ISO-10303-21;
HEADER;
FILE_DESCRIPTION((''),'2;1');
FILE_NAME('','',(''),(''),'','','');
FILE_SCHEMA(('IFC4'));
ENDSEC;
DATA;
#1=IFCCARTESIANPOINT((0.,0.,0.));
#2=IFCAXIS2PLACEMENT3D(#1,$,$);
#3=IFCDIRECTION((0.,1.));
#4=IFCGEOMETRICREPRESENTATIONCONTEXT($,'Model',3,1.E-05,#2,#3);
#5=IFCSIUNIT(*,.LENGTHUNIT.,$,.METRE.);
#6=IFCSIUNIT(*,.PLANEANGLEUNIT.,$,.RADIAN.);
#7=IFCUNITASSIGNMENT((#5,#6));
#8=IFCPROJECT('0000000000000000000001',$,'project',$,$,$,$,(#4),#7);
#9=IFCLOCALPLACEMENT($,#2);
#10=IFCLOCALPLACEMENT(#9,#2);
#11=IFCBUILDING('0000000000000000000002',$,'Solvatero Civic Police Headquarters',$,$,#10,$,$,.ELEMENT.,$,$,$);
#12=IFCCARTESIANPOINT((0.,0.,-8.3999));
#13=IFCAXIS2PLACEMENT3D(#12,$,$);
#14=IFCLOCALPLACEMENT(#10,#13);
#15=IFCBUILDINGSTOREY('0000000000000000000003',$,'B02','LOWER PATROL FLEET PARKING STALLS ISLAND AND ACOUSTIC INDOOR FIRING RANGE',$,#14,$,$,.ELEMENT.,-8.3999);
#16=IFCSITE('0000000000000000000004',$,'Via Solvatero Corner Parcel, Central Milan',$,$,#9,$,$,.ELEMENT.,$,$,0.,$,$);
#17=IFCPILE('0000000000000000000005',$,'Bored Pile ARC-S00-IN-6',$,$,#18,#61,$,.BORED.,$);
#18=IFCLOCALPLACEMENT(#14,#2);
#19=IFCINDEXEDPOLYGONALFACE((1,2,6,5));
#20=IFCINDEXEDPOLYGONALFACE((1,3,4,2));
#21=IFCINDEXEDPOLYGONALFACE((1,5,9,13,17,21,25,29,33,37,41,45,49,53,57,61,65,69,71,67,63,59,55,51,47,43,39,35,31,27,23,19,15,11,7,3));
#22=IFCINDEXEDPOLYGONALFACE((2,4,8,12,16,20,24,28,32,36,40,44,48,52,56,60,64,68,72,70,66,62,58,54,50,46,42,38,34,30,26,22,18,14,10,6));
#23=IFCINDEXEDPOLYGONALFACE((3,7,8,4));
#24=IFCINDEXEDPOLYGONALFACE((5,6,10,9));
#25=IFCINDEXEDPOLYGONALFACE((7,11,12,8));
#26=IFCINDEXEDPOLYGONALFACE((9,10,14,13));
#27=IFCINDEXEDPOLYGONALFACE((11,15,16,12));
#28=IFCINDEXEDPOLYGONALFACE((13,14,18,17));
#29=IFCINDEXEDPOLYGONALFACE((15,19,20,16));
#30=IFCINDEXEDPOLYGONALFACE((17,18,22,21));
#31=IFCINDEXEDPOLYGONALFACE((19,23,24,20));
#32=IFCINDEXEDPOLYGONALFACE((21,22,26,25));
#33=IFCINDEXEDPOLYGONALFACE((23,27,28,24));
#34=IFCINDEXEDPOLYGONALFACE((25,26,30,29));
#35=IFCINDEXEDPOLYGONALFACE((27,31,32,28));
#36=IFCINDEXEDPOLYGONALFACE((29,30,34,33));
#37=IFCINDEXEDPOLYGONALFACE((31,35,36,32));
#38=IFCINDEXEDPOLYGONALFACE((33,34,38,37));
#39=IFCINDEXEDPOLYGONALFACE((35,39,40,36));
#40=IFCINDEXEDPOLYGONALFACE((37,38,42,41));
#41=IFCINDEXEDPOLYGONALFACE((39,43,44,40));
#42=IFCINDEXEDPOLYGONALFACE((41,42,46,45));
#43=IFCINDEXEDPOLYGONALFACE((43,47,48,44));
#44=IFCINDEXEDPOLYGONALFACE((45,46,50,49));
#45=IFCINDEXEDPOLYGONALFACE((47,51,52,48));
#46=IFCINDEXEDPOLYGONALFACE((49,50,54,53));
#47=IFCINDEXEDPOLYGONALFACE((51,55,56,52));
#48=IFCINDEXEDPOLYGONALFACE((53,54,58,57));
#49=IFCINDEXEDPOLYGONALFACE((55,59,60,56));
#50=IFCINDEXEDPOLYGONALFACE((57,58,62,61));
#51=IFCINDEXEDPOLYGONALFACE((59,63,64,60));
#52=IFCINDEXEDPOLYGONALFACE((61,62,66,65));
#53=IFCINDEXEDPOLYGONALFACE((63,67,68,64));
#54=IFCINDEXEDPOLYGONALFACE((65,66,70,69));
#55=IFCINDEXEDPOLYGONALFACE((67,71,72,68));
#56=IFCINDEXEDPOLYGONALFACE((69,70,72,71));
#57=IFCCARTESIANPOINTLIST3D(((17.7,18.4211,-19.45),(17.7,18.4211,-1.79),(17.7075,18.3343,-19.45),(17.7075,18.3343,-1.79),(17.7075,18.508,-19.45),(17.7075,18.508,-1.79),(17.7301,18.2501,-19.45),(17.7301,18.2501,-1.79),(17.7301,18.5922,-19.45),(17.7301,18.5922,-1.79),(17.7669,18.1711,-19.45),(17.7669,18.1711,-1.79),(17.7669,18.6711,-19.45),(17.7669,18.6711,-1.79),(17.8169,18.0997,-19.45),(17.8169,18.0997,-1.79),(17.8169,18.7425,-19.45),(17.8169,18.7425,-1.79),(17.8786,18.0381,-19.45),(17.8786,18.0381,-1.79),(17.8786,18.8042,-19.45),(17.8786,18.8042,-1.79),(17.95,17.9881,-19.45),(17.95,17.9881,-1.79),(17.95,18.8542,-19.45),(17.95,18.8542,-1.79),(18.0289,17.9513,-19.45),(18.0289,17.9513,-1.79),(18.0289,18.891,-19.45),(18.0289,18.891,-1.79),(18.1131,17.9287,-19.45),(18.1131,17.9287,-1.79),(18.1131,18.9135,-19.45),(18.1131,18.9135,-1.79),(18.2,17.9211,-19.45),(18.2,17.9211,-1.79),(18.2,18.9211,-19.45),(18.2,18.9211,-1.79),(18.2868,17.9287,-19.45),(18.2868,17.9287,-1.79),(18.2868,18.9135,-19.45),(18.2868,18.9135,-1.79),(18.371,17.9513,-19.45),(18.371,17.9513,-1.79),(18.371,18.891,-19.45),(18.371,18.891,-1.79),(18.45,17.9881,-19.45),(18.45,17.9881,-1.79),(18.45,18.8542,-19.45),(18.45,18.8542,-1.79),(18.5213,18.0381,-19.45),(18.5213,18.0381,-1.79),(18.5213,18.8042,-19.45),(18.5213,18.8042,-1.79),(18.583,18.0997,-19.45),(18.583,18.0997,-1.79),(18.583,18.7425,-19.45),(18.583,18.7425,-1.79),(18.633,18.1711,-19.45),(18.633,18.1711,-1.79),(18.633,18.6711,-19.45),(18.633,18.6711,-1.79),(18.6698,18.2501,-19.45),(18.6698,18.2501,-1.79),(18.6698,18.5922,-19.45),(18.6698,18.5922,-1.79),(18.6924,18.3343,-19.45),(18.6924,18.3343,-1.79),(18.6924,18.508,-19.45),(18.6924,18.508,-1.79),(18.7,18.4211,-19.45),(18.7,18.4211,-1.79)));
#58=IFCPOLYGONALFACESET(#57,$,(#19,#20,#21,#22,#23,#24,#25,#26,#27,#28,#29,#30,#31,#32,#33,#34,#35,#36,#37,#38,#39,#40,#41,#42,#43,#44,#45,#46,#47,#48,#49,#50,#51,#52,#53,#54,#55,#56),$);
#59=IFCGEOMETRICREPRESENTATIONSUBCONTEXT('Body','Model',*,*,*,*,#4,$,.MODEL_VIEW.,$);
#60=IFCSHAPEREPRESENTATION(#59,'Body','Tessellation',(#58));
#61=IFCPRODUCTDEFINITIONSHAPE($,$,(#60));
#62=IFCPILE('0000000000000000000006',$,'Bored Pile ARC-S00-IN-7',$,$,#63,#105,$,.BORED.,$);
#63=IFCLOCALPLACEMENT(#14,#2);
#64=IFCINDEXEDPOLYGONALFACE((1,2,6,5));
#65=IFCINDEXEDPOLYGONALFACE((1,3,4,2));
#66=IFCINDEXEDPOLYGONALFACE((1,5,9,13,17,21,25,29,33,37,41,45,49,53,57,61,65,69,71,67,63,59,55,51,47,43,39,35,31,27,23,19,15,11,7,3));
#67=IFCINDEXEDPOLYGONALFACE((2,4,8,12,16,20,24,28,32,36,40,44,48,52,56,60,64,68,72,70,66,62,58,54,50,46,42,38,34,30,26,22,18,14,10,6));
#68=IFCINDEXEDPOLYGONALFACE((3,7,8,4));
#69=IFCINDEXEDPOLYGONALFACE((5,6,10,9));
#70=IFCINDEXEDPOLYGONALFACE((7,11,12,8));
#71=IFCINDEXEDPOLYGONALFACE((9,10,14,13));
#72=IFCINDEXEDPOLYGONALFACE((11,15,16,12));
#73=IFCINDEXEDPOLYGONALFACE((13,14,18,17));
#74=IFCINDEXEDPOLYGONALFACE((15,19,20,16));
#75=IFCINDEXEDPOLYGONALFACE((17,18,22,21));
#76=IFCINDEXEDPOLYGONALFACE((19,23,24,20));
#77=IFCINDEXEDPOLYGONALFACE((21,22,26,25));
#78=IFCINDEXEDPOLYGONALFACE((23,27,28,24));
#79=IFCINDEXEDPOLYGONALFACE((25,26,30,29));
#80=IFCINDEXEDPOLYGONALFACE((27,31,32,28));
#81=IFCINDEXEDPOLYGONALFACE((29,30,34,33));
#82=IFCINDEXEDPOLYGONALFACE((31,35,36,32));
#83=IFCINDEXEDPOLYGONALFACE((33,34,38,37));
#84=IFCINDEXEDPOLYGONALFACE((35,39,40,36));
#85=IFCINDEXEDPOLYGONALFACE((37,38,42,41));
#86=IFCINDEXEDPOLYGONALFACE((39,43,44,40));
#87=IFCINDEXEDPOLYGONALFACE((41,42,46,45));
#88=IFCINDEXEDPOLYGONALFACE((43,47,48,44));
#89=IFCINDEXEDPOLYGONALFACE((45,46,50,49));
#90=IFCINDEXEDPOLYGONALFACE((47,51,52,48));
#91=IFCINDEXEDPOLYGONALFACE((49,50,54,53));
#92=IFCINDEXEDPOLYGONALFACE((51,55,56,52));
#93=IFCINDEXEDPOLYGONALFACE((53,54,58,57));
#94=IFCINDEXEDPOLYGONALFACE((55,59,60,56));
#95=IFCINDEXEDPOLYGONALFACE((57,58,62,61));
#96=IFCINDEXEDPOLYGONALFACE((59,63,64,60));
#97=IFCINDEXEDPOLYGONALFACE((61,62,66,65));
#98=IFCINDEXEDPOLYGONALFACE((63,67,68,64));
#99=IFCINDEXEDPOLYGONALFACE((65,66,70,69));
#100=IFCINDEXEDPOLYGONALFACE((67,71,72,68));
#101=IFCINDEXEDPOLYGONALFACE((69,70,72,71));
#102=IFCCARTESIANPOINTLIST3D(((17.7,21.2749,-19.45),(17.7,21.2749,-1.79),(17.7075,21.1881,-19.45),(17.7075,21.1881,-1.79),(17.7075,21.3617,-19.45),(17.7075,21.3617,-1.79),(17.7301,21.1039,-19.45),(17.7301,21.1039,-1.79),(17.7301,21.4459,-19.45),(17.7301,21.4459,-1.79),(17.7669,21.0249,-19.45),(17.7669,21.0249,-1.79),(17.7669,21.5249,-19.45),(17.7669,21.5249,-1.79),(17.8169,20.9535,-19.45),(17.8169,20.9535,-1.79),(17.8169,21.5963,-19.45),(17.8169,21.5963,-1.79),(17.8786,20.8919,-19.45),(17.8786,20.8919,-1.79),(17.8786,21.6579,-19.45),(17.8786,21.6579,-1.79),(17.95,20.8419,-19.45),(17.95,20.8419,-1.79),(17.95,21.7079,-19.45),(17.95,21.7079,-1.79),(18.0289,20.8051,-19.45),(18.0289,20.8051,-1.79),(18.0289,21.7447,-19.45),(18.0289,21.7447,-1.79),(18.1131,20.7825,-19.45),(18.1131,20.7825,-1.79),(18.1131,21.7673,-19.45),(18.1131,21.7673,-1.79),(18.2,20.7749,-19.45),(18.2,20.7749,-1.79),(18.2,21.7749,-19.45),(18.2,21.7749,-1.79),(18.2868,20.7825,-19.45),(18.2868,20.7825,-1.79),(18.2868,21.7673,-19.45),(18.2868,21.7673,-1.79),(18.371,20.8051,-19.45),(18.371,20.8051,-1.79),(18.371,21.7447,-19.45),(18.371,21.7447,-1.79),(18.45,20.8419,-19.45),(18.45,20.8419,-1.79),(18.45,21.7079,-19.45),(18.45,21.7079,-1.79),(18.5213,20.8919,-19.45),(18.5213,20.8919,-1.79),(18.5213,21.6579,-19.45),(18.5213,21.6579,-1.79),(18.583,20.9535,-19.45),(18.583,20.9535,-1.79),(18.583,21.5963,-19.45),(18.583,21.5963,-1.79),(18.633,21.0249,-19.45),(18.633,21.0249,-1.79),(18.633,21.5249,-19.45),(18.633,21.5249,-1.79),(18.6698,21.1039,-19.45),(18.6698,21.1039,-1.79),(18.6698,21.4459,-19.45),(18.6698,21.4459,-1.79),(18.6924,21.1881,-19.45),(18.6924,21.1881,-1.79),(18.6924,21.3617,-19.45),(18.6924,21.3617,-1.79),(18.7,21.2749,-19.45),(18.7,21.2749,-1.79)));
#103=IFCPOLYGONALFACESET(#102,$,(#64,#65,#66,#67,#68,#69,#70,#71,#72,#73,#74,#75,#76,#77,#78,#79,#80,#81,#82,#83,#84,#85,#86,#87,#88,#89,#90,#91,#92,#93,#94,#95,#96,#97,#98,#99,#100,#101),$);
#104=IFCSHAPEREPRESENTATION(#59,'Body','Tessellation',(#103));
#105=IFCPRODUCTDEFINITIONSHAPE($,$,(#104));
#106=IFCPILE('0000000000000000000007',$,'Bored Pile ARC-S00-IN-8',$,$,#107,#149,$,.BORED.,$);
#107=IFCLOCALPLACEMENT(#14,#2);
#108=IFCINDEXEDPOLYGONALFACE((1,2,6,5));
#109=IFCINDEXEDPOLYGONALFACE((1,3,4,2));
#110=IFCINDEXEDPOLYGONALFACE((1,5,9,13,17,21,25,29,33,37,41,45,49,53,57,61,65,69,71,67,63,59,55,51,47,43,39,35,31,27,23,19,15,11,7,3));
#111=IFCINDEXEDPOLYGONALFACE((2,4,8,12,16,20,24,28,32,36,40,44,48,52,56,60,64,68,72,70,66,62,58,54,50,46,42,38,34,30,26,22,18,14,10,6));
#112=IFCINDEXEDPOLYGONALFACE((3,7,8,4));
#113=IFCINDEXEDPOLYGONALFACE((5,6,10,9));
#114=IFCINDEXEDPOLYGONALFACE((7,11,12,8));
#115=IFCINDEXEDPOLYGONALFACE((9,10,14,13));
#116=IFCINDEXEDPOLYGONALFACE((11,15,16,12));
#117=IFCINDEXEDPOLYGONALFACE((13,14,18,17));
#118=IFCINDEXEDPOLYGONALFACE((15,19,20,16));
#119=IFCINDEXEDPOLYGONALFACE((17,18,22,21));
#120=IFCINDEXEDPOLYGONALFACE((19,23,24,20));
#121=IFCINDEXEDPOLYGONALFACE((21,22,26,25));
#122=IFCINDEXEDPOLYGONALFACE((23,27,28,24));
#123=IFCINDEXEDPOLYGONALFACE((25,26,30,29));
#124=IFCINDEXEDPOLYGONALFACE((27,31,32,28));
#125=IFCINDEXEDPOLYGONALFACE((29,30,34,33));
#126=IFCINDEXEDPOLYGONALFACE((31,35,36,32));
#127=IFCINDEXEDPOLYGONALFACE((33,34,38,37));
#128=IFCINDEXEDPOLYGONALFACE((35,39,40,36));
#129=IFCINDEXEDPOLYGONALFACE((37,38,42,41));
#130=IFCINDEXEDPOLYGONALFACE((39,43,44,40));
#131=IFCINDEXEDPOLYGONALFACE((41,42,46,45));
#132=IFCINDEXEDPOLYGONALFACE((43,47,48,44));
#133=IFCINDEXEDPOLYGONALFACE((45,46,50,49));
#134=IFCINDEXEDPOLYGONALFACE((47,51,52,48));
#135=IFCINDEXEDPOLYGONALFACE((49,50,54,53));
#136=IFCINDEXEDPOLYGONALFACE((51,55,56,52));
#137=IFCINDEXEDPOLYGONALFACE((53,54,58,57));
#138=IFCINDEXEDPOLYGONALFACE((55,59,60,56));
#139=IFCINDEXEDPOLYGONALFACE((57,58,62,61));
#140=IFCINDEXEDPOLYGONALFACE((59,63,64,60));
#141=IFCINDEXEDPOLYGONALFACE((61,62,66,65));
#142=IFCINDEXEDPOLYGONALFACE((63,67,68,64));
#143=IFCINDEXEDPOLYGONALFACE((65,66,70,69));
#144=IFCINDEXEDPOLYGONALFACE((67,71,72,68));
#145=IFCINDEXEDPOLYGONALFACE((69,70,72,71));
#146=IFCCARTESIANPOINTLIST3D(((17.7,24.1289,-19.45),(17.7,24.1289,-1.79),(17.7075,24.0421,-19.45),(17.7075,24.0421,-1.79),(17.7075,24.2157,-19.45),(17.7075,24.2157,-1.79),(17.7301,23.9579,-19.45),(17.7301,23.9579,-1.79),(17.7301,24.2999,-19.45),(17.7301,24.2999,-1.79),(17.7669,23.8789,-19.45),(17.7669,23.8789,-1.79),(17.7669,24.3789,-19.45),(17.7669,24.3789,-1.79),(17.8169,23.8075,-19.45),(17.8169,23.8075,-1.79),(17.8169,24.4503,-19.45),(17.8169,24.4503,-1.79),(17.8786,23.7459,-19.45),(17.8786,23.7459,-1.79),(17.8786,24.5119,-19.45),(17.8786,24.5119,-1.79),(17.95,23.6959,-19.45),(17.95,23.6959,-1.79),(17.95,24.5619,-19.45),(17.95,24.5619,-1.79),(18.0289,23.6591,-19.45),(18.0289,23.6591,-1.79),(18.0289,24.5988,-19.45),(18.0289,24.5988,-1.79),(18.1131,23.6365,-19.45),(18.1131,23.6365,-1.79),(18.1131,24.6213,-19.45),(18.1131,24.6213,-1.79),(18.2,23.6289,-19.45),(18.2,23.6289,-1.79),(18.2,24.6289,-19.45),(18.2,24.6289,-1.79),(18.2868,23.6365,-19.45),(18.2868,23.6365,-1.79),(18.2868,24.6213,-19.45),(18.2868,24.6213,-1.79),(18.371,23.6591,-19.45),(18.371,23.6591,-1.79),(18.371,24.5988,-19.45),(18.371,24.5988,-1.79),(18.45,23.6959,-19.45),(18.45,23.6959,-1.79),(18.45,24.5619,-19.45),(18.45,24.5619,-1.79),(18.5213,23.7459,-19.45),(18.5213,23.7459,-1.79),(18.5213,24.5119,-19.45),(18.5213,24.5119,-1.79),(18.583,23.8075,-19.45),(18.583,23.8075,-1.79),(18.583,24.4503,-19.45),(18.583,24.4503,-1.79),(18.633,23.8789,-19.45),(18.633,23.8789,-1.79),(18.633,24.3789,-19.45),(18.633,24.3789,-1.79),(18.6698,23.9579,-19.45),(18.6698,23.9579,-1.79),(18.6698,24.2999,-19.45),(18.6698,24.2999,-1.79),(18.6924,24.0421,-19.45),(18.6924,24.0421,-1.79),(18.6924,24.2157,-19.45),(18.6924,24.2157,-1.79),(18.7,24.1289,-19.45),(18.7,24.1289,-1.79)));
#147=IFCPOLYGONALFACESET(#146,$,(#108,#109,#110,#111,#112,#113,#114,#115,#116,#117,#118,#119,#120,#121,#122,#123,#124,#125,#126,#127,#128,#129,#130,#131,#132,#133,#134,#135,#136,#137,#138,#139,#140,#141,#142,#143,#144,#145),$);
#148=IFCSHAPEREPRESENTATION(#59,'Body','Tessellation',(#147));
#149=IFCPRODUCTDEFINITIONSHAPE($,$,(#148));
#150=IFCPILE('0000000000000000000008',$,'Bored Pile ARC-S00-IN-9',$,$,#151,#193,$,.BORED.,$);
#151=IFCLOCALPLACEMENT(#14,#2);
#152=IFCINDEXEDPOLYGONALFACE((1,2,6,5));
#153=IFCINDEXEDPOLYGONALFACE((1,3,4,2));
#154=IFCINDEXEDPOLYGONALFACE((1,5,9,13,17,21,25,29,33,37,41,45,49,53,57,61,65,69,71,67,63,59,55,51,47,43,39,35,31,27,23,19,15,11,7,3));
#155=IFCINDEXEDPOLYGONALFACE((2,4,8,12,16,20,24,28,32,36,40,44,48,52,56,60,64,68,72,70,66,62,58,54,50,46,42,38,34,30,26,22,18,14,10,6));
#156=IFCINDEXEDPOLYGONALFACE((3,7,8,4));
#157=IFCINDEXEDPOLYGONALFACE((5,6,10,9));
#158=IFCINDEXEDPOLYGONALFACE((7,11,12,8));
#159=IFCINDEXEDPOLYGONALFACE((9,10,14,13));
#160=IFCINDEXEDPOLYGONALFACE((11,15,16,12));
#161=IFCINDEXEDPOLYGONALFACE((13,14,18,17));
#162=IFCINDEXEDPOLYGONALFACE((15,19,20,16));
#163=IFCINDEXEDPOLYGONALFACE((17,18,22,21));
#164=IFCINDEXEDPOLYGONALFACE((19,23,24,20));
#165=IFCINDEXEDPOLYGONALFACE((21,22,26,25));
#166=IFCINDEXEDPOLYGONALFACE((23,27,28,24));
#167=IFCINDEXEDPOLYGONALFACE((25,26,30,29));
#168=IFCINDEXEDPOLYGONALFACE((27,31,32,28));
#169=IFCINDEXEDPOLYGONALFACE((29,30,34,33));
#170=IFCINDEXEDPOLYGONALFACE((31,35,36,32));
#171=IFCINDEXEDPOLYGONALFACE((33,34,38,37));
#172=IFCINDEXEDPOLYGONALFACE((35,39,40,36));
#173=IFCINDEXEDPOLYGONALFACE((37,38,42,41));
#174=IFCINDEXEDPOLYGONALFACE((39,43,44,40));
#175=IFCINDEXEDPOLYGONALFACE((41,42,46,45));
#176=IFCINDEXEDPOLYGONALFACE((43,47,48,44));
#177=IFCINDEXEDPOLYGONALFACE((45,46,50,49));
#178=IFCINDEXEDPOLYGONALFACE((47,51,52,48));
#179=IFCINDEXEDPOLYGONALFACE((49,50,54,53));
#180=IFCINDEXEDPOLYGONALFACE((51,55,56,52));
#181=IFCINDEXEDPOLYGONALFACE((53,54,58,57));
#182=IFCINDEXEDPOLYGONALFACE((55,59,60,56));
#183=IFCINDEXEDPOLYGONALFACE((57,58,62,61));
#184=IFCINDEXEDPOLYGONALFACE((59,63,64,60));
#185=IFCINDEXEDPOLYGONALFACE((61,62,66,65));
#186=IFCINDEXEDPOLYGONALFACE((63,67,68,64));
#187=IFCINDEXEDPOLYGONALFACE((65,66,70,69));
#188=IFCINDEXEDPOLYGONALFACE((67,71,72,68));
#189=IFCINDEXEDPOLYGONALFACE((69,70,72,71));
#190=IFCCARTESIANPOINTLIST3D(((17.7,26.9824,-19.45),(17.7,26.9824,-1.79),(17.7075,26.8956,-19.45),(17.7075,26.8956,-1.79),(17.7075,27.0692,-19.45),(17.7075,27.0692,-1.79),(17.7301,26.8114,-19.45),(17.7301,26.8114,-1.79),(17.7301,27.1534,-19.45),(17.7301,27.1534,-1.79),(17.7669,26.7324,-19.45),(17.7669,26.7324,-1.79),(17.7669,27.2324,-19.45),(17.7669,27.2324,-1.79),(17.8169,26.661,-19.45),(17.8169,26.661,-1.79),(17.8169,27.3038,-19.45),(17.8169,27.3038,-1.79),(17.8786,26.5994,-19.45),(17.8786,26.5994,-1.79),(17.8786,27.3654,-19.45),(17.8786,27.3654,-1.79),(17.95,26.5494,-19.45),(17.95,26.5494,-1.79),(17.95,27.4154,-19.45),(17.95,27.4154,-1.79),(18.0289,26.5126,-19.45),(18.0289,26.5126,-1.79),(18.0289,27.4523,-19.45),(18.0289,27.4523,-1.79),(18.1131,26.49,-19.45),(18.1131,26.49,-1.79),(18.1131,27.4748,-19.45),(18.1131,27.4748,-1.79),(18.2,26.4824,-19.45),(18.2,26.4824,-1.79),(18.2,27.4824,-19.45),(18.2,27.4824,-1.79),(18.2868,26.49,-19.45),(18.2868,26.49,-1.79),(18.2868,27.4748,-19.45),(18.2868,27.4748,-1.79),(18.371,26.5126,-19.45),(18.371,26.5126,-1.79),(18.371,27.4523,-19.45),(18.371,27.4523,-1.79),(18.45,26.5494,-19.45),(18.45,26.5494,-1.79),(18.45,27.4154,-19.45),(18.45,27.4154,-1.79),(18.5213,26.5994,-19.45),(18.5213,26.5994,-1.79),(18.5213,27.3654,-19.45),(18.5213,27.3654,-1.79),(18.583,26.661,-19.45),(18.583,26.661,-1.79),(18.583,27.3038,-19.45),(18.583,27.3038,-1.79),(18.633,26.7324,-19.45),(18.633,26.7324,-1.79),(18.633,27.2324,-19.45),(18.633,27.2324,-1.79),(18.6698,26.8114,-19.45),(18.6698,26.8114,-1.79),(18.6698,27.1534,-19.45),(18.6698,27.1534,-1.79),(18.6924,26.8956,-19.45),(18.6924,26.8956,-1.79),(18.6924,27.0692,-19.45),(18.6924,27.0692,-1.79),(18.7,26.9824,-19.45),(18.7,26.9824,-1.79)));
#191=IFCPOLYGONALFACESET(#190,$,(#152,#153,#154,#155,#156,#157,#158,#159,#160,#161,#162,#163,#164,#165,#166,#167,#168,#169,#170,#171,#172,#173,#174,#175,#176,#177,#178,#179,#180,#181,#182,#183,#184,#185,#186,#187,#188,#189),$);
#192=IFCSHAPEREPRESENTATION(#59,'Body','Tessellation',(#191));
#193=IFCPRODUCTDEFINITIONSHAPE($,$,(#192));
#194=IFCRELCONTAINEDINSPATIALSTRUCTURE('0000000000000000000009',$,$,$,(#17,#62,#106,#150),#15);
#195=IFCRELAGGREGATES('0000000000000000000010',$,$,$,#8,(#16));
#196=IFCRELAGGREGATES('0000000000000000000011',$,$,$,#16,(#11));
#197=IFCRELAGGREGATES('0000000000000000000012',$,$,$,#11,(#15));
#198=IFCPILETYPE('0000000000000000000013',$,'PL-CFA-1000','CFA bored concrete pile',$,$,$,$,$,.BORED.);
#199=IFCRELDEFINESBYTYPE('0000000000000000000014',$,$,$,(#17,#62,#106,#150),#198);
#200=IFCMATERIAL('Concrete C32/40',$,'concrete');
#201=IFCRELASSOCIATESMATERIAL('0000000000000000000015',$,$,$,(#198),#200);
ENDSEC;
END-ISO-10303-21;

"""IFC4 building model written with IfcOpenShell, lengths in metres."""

from ifc_helpers import new_model, si_unit, direction, frame, origin, origin_2d, place, context, subcontext, project, spatial, circle, extrude, material, material_profile, profile_set, type_object, element, save


model = new_model("IFC4")

# Units and contexts
model_context = context("Model", 3, precision=1e-05, world=origin(), true_north=direction((0.0, 1.0)))
body_context = subcontext(model_context, "Body", "Model", "MODEL_VIEW")
ifc_project = project(units=[si_unit("LENGTHUNIT", "METRE"), si_unit("PLANEANGLEUNIT", "RADIAN")], contexts=[model_context])

# Site, building, storey
site_placement = place(None, origin())
site = spatial("IfcSite", under=ifc_project, at=site_placement, Name="Via Solvatero Corner Parcel, Central Milan", CompositionType="ELEMENT", RefElevation=0.0)
building_placement = place(site_placement, origin())
building = spatial("IfcBuilding", under=site, at=building_placement, Name="Solvatero Civic Police Headquarters", CompositionType="ELEMENT")
storey_placement = place(building_placement, frame((0.0, 0.0, -8.3999)))
storey = spatial("IfcBuildingStorey", under=building, at=storey_placement, Name="B02", Description="LOWER PATROL FLEET PARKING STALLS ISLAND AND ACOUSTIC INDOOR FIRING RANGE", CompositionType="ELEMENT", Elevation=-8.3999)

# Piles
ifc_material_1 = material(Name="Concrete C32/40", Category="concrete")
ifc_material_profile_1 = material_profile(ifc_material_1, circle(Radius=0.5, at=origin_2d()), Name="CFA PILE D1000")
ifc_profile_set_1 = profile_set([ifc_material_profile_1], Name="Concrete C32/40")
pile_type_1 = type_object("IfcPileType", Name="PL-CFA-1000", Description="CFA bored concrete pile", PredefinedType="BORED", material=ifc_profile_set_1)
for number, where, z_axis, x_axis, name in (
    (1, (18.2, 18.4211, -1.79), (0.0, 0.0, -1.0), (1.0, 0.0, 0.0), "Bored Pile ARC-S00-IN-6"),
    (2, (18.2, 21.2749, -1.79), (0.0, 0.0, -1.0), (1.0, 0.0, 0.0), "Bored Pile ARC-S00-IN-7"),
    (3, (18.2, 24.1289, -1.79), (0.0, 0.0, -1.0), (1.0, 0.0, 0.0), "Bored Pile ARC-S00-IN-8"),
    (4, (18.2, 26.9824, -1.79), (0.0, 0.0, -1.0), (1.0, 0.0, 0.0), "Bored Pile ARC-S00-IN-9"),
):
    element("IfcPile", number, at=place(storey_placement, frame(where, z_axis=z_axis, x_axis=x_axis)), inside=storey, type_object=pile_type_1, Name=name, PredefinedType="BORED", context=body_context, shape_type="SweptSolid", body=[
        extrude(circle(Radius=0.5, at=origin_2d()), origin(), (0.0, 0.0, 1.0), 17.6599),
    ])

save(model, "model.ifc")
